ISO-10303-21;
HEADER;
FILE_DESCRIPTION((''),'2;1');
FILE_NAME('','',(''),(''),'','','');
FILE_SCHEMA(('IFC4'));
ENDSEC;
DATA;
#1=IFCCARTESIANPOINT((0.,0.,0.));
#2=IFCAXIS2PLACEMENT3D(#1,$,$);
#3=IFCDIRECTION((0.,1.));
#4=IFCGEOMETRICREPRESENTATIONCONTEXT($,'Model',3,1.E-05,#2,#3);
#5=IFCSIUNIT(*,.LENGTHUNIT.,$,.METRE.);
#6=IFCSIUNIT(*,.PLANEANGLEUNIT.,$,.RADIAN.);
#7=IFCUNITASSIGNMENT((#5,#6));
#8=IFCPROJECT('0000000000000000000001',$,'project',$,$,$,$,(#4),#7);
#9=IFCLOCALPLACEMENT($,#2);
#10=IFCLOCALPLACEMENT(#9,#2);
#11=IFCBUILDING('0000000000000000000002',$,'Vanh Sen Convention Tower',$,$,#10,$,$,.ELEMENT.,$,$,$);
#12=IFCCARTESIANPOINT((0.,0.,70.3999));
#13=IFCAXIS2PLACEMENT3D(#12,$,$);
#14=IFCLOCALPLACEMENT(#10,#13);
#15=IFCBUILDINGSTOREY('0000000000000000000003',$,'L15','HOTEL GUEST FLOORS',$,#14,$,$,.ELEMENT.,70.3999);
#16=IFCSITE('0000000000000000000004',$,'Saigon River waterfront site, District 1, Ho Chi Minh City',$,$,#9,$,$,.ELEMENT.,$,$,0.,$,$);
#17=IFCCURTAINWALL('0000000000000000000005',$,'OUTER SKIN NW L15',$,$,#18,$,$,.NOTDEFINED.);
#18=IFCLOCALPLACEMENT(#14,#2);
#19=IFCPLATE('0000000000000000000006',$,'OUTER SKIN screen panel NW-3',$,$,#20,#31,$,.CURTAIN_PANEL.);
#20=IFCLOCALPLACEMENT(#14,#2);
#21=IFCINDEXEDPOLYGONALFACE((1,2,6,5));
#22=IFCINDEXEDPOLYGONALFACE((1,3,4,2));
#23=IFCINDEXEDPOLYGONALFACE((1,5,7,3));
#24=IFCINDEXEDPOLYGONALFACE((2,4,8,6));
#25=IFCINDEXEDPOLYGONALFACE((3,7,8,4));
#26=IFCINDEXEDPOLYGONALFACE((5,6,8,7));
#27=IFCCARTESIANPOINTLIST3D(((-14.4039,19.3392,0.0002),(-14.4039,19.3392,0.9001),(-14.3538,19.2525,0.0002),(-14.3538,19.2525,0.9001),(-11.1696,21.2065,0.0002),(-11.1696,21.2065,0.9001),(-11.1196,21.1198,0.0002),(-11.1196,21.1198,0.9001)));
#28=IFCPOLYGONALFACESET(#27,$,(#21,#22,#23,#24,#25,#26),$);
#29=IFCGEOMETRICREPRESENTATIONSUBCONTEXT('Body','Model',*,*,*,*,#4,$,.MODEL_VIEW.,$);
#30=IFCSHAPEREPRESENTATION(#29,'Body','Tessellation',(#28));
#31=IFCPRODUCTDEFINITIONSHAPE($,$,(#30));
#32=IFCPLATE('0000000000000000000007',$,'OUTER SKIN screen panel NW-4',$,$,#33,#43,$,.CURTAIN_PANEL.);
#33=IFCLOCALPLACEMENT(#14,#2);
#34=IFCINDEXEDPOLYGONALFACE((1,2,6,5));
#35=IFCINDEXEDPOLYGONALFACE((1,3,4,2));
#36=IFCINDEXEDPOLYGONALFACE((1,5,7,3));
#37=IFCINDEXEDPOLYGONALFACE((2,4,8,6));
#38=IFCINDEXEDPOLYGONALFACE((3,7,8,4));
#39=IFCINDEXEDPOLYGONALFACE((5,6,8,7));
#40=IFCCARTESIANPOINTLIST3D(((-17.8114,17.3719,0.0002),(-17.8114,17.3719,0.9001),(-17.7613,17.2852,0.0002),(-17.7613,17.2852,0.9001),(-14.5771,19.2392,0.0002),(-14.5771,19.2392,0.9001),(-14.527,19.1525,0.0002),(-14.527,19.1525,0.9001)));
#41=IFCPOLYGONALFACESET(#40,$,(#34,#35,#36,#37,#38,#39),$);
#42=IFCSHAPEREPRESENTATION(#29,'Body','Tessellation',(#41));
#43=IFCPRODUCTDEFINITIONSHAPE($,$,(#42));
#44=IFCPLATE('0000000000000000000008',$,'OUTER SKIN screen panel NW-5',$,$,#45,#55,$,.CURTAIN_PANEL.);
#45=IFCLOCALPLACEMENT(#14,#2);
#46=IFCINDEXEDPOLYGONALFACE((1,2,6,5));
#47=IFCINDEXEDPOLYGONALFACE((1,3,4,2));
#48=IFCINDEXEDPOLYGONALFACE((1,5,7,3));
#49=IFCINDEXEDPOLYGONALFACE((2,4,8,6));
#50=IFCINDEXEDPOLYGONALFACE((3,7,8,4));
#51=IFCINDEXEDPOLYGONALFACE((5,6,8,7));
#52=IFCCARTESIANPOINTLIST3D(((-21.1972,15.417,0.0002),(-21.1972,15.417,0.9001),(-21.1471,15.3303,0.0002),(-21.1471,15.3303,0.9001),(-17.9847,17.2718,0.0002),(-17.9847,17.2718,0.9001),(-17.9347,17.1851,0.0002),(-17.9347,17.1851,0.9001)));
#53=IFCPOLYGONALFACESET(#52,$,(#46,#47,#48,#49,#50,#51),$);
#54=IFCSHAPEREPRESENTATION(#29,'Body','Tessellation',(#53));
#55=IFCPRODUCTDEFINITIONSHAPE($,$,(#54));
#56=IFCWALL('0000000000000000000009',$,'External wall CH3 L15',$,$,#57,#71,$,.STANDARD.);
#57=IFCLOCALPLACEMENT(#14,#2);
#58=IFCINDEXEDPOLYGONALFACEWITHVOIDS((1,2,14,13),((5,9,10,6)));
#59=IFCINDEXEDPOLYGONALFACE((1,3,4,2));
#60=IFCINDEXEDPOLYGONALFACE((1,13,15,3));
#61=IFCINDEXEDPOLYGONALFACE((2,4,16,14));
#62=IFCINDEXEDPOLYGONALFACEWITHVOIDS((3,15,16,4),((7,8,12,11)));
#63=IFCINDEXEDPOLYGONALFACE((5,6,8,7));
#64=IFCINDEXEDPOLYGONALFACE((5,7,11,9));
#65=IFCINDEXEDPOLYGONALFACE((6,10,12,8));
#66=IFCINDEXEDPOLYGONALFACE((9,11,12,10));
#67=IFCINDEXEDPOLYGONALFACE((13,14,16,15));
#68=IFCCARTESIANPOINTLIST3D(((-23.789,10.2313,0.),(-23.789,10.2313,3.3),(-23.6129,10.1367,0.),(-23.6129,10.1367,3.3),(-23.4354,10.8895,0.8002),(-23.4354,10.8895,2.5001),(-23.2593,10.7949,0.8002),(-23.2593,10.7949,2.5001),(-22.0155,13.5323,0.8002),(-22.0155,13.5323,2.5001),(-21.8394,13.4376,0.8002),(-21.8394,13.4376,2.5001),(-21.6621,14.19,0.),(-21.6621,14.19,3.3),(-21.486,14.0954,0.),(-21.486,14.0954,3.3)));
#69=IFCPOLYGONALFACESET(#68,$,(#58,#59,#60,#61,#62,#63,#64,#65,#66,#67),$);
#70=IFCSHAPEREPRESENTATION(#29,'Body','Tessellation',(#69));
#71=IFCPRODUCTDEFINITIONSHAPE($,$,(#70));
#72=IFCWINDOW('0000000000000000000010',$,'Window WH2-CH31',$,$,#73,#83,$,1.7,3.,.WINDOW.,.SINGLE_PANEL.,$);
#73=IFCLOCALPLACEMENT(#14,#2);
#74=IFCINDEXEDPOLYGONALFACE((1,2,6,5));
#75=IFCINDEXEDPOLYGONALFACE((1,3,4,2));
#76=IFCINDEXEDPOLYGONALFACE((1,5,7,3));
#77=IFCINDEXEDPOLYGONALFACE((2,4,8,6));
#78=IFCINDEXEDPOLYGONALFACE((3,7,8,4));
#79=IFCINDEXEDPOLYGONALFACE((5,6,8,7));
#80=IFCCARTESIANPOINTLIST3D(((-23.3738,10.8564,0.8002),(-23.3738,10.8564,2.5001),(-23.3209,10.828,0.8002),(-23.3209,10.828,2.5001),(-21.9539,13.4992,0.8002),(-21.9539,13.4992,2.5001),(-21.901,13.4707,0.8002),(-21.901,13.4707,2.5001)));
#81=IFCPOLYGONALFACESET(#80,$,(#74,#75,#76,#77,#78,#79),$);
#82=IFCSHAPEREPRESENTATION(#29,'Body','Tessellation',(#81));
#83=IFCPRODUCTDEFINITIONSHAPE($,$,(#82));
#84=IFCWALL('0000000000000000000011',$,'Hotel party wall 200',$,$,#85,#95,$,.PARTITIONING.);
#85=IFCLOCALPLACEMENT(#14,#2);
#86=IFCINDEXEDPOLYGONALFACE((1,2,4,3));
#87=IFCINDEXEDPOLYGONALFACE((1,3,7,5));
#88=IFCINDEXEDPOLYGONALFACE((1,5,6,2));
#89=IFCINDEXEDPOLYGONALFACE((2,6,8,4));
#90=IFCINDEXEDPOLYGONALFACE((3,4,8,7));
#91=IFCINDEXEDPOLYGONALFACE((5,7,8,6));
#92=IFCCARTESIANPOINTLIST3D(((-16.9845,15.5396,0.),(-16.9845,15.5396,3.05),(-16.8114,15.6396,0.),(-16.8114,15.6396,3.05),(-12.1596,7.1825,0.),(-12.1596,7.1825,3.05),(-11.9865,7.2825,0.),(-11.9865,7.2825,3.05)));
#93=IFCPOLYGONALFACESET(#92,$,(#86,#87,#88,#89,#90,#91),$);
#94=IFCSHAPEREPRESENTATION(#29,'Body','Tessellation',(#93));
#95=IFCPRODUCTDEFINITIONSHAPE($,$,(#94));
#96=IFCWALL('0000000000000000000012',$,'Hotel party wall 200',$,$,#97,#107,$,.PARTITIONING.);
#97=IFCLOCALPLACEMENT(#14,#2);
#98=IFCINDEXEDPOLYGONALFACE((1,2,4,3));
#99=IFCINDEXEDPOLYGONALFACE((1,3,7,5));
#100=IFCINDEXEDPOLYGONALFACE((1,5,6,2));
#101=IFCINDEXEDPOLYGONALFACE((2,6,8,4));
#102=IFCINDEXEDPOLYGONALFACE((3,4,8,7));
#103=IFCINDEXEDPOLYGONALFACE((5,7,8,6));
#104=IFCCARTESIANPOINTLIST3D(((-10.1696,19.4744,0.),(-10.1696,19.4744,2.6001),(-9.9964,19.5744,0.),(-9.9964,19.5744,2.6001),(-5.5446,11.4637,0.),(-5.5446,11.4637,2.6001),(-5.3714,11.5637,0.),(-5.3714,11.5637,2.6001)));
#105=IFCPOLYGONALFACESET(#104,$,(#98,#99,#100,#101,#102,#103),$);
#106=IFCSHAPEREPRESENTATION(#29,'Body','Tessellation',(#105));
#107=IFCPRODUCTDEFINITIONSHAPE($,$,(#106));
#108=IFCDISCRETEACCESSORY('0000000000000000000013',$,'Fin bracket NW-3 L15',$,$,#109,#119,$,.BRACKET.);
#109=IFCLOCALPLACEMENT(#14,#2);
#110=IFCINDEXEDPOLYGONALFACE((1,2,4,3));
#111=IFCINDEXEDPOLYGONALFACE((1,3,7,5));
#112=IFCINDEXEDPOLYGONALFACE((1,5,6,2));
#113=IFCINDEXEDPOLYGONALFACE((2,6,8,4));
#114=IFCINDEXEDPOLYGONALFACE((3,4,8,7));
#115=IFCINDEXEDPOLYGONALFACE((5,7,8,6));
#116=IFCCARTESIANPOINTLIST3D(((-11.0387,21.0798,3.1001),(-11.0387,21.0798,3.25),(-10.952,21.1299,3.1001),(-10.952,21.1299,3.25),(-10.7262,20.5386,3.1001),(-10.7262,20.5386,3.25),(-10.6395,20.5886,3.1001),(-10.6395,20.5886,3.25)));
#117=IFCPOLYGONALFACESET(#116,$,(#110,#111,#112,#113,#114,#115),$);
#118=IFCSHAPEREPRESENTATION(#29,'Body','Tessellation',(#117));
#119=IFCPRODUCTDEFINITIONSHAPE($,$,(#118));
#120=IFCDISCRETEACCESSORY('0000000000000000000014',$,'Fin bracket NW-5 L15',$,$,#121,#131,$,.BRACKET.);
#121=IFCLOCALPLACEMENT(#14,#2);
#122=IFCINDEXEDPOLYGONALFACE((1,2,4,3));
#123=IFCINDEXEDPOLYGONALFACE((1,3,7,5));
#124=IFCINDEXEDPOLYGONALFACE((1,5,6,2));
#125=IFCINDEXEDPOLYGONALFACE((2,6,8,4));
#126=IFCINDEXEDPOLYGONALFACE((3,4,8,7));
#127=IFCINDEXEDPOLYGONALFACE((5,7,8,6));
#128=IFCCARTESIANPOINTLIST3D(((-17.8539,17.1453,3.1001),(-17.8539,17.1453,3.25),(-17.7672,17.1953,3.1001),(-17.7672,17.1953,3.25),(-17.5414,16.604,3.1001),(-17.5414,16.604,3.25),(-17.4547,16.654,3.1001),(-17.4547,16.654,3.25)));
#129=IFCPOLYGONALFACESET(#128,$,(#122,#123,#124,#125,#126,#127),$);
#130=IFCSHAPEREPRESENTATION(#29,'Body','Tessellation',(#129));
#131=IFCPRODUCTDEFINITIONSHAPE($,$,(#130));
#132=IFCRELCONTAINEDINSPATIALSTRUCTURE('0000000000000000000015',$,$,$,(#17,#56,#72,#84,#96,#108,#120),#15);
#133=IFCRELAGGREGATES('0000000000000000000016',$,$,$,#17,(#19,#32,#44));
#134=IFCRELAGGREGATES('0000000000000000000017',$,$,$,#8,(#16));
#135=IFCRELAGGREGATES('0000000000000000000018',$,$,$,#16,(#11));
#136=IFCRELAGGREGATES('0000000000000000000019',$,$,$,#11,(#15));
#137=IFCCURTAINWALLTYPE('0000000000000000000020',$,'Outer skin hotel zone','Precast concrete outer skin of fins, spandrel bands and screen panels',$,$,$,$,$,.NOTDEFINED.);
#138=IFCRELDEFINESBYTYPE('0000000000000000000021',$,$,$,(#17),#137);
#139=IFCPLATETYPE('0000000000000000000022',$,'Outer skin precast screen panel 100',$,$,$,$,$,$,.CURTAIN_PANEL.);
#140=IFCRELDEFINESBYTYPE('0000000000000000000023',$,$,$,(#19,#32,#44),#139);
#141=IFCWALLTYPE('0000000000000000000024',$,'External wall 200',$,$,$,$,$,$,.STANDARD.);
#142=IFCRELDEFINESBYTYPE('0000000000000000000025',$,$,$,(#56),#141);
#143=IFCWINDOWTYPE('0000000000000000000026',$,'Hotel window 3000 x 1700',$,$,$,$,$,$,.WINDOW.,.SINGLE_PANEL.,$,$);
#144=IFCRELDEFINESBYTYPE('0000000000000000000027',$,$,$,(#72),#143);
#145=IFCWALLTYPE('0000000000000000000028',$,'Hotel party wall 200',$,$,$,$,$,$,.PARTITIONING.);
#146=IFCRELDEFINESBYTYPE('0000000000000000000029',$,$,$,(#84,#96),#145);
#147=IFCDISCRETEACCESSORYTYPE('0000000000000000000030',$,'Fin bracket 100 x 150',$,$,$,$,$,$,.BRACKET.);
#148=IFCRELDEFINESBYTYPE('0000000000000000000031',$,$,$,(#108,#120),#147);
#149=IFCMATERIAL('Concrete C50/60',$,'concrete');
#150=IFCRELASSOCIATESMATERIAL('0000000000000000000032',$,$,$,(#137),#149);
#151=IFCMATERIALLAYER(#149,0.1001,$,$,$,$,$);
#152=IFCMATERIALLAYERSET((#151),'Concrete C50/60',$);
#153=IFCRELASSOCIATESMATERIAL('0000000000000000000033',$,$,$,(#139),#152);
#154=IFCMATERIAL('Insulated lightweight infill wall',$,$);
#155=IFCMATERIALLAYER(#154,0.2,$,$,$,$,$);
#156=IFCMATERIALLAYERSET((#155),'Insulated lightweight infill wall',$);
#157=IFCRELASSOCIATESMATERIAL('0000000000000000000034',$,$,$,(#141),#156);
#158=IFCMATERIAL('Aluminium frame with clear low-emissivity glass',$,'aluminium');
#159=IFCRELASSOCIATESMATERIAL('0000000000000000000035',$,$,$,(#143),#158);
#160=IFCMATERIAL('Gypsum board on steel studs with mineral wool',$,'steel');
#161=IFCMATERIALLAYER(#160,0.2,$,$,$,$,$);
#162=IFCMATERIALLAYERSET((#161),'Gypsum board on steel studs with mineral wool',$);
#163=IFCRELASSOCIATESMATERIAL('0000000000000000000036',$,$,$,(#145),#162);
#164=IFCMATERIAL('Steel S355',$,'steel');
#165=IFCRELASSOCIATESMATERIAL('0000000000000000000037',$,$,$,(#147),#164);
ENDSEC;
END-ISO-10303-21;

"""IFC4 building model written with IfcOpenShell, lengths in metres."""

from ifc_helpers import new_model, si_unit, direction, frame, frame_2d, origin, origin_2d, place, context, subcontext, project, spatial, rectangle, extrude, material, layer, layer_set, type_object, element, fill, aggregate, save


model = new_model("IFC4")

# Units and contexts
model_context = context("Model", 3, precision=1e-05, world=origin(), true_north=direction((0.0, 1.0)))
body_context = subcontext(model_context, "Body", "Model", "MODEL_VIEW")
ifc_project = project(units=[si_unit("LENGTHUNIT", "METRE"), si_unit("PLANEANGLEUNIT", "RADIAN")], contexts=[model_context])

# Site, building, storey
site_placement = place(None, origin())
site = spatial("IfcSite", under=ifc_project, at=site_placement, Name="Saigon River waterfront site, District 1, Ho Chi Minh City", CompositionType="ELEMENT", RefElevation=0.0)
building_placement = place(site_placement, origin())
building = spatial("IfcBuilding", under=site, at=building_placement, Name="Vanh Sen Convention Tower", CompositionType="ELEMENT")
storey_placement = place(building_placement, frame((0.0, 0.0, 70.3999)))
storey = spatial("IfcBuildingStorey", under=building, at=storey_placement, Name="L15", Description="HOTEL GUEST FLOORS", CompositionType="ELEMENT", Elevation=70.3999)

# Curtain wall
ifc_material_1 = material(Name="Concrete C50/60", Category="concrete")
curtain_wall_type = type_object("IfcCurtainWallType", Name="Outer skin hotel zone", Description="Precast concrete outer skin of fins, spandrel bands and screen panels", PredefinedType="NOTDEFINED", material=ifc_material_1)
curtain_wall_1_placement = place(storey_placement, origin())
curtain_wall_1 = element("IfcCurtainWall", 1, at=curtain_wall_1_placement, inside=storey, type_object=curtain_wall_type, Name="OUTER SKIN NW L15", PredefinedType="NOTDEFINED")

# Plates
ifc_layer_1 = layer(ifc_material_1, 0.1001)
ifc_layer_set_1 = layer_set([ifc_layer_1], Name="Concrete C50/60")
plate_type = type_object("IfcPlateType", Name="Outer skin precast screen panel 100", PredefinedType="CURTAIN_PANEL", material=ifc_layer_set_1)
plate_1_placement = place(storey_placement, frame((-12.7617, 20.2295, 0.0002), z_axis=(0.0, 0.0, 1.0), x_axis=(-0.866028, -0.499995, 0.0)))
plate_1 = element("IfcPlate", 2, at=plate_1_placement, type_object=plate_type, Name="OUTER SKIN screen panel NW-3", PredefinedType="CURTAIN_PANEL", context=body_context, shape_type="SweptSolid", body=[
    extrude(rectangle(XDim=3.7346, YDim=0.1001, at=origin_2d()), origin(), (0.0, 0.0, 1.0), 0.8999),
])
plate_2_placement = place(storey_placement, frame((-16.1692, 18.2622, 0.0002), z_axis=(0.0, 0.0, 1.0), x_axis=(-0.866028, -0.499995, 0.0)))
plate_2 = element("IfcPlate", 3, at=plate_2_placement, type_object=plate_type, Name="OUTER SKIN screen panel NW-4", PredefinedType="CURTAIN_PANEL", context=body_context, shape_type="SweptSolid", body=[
    extrude(rectangle(XDim=3.7346, YDim=0.1001, at=origin_2d()), origin(), (0.0, 0.0, 1.0), 0.8999),
])
plate_3_placement = place(storey_placement, frame((-19.5659, 16.301, 0.0002), z_axis=(0.0, 0.0, 1.0), x_axis=(-0.866021, -0.500008, 0.0)))
plate_3 = element("IfcPlate", 4, at=plate_3_placement, type_object=plate_type, Name="OUTER SKIN screen panel NW-5", PredefinedType="CURTAIN_PANEL", context=body_context, shape_type="SweptSolid", body=[
    extrude(rectangle(XDim=3.7095, YDim=0.1001, at=origin_2d()), origin(), (0.0, 0.0, 1.0), 0.8999),
])
aggregate(curtain_wall_1, [plate_1, plate_2, plate_3])

# Wall, opening, window
ifc_material_2 = material(Name="Insulated lightweight infill wall")
ifc_layer_2 = layer(ifc_material_2, 0.2)
ifc_layer_set_2 = layer_set([ifc_layer_2], Name="Insulated lightweight infill wall")
wall_type_1 = type_object("IfcWallType", Name="External wall 200", PredefinedType="STANDARD", material=ifc_layer_set_2)
wall_1_placement = place(storey_placement, frame((-21.574, 14.1428, 0.0), z_axis=(0.0, 0.0, 1.0), x_axis=(-0.473293, -0.880905, 0.0)))
wall_1 = element("IfcWall", 5, at=wall_1_placement, inside=storey, type_object=wall_type_1, Name="External wall CH3 L15", PredefinedType="STANDARD", context=body_context, shape_type="SweptSolid", body=[
    extrude(rectangle(XDim=4.4939, YDim=0.2, at=frame_2d((2.2471, 0.0))), origin(), (0.0, 0.0, 1.0), 3.3),
])
opening_placement = place(wall_1_placement, frame((0.7468, 0.0, 0.8)))
opening = element("IfcOpeningElement", 6, at=opening_placement, cuts=wall_1, PredefinedType="OPENING", context=body_context, shape_type="SweptSolid", body=[
    extrude(rectangle(XDim=3.0, YDim=1.7, at=frame_2d((1.5, 0.8501))), frame((0.0, 0.1099, 0.0), z_axis=(0.0, -1.0, 0.0), x_axis=(1.0, 0.0, 0.0)), (0.0, 0.0, 1.0), 0.22),
])
ifc_material_3 = material(Name="Aluminium frame with clear low-emissivity glass", Category="aluminium")
window_type = type_object("IfcWindowType", Name="Hotel window 3000 x 1700", PartitioningType="SINGLE_PANEL", PredefinedType="WINDOW", material=ifc_material_3)
window_placement = place(opening_placement, origin())
window = element("IfcWindow", 7, at=window_placement, inside=storey, type_object=window_type, Name="Window WH2-CH31", OverallHeight=1.7, OverallWidth=3.0, PartitioningType="SINGLE_PANEL", PredefinedType="WINDOW", context=body_context, shape_type="SweptSolid", body=[
    extrude(rectangle(XDim=3.0, YDim=1.7, at=frame_2d((1.5, 0.8501))), frame((0.0, 0.03, 0.0), z_axis=(0.0, -1.0, 0.0), x_axis=(1.0, 0.0, 0.0)), (0.0, 0.0, 1.0), 0.0601),
])
fill(opening, window)

# Walls
ifc_material_4 = material(Name="Gypsum board on steel studs with mineral wool", Category="steel")
ifc_layer_3 = layer(ifc_material_4, 0.2)
ifc_layer_set_3 = layer_set([ifc_layer_3], Name="Gypsum board on steel studs with mineral wool")
wall_type_2 = type_object("IfcWallType", Name="Hotel party wall 200", PredefinedType="PARTITIONING", material=ifc_layer_set_3)
wall_2_placement = place(storey_placement, frame((-16.8979, 15.5896, 0.0), z_axis=(0.0, 0.0, 1.0), x_axis=(0.499995, -0.866028, 0.0)))
element("IfcWall", 8, at=wall_2_placement, inside=storey, type_object=wall_type_2, Name="Hotel party wall 200", PredefinedType="PARTITIONING", context=body_context, shape_type="SweptSolid", body=[
    extrude(rectangle(XDim=9.6499, YDim=0.2, at=frame_2d((4.825, 0.0))), origin(), (0.0, 0.0, 1.0), 3.05),
])
wall_3_placement = place(storey_placement, frame((-10.083, 19.5244, 0.0), z_axis=(0.0, 0.0, 1.0), x_axis=(0.5, -0.866026, 0.0)))
element("IfcWall", 9, at=wall_3_placement, inside=storey, type_object=wall_type_2, Name="Hotel party wall 200", PredefinedType="PARTITIONING", context=body_context, shape_type="SweptSolid", body=[
    extrude(rectangle(XDim=9.25, YDim=0.2, at=frame_2d((4.625, 0.0))), origin(), (0.0, 0.0, 1.0), 2.6001),
])

# Discrete accessories
ifc_material_5 = material(Name="Steel S355", Category="steel")
discrete_accessory_type = type_object("IfcDiscreteAccessoryType", Name="Fin bracket 100 x 150", PredefinedType="BRACKET", material=ifc_material_5)
for number, where, z_axis, x_axis, name in (
    (10, (-10.8391, 20.8342, 3.1001), (0.0, 0.0, 1.0), (-0.5, 0.866025, 0.0), "Fin bracket NW-3 L15"),
    (11, (-17.6543, 16.8997, 3.1001), (0.0, 0.0, 1.0), (-0.5, 0.866025, 0.0), "Fin bracket NW-5 L15"),
):
    element("IfcDiscreteAccessory", number, at=place(storey_placement, frame(where, z_axis=z_axis, x_axis=x_axis)), inside=storey, type_object=discrete_accessory_type, Name=name, PredefinedType="BRACKET", context=body_context, shape_type="SweptSolid", body=[
        extrude(rectangle(XDim=0.625, YDim=0.1001, at=origin_2d()), origin(), (0.0, 0.0, 1.0), 0.1499),
    ])

save(model, "model.ifc")
